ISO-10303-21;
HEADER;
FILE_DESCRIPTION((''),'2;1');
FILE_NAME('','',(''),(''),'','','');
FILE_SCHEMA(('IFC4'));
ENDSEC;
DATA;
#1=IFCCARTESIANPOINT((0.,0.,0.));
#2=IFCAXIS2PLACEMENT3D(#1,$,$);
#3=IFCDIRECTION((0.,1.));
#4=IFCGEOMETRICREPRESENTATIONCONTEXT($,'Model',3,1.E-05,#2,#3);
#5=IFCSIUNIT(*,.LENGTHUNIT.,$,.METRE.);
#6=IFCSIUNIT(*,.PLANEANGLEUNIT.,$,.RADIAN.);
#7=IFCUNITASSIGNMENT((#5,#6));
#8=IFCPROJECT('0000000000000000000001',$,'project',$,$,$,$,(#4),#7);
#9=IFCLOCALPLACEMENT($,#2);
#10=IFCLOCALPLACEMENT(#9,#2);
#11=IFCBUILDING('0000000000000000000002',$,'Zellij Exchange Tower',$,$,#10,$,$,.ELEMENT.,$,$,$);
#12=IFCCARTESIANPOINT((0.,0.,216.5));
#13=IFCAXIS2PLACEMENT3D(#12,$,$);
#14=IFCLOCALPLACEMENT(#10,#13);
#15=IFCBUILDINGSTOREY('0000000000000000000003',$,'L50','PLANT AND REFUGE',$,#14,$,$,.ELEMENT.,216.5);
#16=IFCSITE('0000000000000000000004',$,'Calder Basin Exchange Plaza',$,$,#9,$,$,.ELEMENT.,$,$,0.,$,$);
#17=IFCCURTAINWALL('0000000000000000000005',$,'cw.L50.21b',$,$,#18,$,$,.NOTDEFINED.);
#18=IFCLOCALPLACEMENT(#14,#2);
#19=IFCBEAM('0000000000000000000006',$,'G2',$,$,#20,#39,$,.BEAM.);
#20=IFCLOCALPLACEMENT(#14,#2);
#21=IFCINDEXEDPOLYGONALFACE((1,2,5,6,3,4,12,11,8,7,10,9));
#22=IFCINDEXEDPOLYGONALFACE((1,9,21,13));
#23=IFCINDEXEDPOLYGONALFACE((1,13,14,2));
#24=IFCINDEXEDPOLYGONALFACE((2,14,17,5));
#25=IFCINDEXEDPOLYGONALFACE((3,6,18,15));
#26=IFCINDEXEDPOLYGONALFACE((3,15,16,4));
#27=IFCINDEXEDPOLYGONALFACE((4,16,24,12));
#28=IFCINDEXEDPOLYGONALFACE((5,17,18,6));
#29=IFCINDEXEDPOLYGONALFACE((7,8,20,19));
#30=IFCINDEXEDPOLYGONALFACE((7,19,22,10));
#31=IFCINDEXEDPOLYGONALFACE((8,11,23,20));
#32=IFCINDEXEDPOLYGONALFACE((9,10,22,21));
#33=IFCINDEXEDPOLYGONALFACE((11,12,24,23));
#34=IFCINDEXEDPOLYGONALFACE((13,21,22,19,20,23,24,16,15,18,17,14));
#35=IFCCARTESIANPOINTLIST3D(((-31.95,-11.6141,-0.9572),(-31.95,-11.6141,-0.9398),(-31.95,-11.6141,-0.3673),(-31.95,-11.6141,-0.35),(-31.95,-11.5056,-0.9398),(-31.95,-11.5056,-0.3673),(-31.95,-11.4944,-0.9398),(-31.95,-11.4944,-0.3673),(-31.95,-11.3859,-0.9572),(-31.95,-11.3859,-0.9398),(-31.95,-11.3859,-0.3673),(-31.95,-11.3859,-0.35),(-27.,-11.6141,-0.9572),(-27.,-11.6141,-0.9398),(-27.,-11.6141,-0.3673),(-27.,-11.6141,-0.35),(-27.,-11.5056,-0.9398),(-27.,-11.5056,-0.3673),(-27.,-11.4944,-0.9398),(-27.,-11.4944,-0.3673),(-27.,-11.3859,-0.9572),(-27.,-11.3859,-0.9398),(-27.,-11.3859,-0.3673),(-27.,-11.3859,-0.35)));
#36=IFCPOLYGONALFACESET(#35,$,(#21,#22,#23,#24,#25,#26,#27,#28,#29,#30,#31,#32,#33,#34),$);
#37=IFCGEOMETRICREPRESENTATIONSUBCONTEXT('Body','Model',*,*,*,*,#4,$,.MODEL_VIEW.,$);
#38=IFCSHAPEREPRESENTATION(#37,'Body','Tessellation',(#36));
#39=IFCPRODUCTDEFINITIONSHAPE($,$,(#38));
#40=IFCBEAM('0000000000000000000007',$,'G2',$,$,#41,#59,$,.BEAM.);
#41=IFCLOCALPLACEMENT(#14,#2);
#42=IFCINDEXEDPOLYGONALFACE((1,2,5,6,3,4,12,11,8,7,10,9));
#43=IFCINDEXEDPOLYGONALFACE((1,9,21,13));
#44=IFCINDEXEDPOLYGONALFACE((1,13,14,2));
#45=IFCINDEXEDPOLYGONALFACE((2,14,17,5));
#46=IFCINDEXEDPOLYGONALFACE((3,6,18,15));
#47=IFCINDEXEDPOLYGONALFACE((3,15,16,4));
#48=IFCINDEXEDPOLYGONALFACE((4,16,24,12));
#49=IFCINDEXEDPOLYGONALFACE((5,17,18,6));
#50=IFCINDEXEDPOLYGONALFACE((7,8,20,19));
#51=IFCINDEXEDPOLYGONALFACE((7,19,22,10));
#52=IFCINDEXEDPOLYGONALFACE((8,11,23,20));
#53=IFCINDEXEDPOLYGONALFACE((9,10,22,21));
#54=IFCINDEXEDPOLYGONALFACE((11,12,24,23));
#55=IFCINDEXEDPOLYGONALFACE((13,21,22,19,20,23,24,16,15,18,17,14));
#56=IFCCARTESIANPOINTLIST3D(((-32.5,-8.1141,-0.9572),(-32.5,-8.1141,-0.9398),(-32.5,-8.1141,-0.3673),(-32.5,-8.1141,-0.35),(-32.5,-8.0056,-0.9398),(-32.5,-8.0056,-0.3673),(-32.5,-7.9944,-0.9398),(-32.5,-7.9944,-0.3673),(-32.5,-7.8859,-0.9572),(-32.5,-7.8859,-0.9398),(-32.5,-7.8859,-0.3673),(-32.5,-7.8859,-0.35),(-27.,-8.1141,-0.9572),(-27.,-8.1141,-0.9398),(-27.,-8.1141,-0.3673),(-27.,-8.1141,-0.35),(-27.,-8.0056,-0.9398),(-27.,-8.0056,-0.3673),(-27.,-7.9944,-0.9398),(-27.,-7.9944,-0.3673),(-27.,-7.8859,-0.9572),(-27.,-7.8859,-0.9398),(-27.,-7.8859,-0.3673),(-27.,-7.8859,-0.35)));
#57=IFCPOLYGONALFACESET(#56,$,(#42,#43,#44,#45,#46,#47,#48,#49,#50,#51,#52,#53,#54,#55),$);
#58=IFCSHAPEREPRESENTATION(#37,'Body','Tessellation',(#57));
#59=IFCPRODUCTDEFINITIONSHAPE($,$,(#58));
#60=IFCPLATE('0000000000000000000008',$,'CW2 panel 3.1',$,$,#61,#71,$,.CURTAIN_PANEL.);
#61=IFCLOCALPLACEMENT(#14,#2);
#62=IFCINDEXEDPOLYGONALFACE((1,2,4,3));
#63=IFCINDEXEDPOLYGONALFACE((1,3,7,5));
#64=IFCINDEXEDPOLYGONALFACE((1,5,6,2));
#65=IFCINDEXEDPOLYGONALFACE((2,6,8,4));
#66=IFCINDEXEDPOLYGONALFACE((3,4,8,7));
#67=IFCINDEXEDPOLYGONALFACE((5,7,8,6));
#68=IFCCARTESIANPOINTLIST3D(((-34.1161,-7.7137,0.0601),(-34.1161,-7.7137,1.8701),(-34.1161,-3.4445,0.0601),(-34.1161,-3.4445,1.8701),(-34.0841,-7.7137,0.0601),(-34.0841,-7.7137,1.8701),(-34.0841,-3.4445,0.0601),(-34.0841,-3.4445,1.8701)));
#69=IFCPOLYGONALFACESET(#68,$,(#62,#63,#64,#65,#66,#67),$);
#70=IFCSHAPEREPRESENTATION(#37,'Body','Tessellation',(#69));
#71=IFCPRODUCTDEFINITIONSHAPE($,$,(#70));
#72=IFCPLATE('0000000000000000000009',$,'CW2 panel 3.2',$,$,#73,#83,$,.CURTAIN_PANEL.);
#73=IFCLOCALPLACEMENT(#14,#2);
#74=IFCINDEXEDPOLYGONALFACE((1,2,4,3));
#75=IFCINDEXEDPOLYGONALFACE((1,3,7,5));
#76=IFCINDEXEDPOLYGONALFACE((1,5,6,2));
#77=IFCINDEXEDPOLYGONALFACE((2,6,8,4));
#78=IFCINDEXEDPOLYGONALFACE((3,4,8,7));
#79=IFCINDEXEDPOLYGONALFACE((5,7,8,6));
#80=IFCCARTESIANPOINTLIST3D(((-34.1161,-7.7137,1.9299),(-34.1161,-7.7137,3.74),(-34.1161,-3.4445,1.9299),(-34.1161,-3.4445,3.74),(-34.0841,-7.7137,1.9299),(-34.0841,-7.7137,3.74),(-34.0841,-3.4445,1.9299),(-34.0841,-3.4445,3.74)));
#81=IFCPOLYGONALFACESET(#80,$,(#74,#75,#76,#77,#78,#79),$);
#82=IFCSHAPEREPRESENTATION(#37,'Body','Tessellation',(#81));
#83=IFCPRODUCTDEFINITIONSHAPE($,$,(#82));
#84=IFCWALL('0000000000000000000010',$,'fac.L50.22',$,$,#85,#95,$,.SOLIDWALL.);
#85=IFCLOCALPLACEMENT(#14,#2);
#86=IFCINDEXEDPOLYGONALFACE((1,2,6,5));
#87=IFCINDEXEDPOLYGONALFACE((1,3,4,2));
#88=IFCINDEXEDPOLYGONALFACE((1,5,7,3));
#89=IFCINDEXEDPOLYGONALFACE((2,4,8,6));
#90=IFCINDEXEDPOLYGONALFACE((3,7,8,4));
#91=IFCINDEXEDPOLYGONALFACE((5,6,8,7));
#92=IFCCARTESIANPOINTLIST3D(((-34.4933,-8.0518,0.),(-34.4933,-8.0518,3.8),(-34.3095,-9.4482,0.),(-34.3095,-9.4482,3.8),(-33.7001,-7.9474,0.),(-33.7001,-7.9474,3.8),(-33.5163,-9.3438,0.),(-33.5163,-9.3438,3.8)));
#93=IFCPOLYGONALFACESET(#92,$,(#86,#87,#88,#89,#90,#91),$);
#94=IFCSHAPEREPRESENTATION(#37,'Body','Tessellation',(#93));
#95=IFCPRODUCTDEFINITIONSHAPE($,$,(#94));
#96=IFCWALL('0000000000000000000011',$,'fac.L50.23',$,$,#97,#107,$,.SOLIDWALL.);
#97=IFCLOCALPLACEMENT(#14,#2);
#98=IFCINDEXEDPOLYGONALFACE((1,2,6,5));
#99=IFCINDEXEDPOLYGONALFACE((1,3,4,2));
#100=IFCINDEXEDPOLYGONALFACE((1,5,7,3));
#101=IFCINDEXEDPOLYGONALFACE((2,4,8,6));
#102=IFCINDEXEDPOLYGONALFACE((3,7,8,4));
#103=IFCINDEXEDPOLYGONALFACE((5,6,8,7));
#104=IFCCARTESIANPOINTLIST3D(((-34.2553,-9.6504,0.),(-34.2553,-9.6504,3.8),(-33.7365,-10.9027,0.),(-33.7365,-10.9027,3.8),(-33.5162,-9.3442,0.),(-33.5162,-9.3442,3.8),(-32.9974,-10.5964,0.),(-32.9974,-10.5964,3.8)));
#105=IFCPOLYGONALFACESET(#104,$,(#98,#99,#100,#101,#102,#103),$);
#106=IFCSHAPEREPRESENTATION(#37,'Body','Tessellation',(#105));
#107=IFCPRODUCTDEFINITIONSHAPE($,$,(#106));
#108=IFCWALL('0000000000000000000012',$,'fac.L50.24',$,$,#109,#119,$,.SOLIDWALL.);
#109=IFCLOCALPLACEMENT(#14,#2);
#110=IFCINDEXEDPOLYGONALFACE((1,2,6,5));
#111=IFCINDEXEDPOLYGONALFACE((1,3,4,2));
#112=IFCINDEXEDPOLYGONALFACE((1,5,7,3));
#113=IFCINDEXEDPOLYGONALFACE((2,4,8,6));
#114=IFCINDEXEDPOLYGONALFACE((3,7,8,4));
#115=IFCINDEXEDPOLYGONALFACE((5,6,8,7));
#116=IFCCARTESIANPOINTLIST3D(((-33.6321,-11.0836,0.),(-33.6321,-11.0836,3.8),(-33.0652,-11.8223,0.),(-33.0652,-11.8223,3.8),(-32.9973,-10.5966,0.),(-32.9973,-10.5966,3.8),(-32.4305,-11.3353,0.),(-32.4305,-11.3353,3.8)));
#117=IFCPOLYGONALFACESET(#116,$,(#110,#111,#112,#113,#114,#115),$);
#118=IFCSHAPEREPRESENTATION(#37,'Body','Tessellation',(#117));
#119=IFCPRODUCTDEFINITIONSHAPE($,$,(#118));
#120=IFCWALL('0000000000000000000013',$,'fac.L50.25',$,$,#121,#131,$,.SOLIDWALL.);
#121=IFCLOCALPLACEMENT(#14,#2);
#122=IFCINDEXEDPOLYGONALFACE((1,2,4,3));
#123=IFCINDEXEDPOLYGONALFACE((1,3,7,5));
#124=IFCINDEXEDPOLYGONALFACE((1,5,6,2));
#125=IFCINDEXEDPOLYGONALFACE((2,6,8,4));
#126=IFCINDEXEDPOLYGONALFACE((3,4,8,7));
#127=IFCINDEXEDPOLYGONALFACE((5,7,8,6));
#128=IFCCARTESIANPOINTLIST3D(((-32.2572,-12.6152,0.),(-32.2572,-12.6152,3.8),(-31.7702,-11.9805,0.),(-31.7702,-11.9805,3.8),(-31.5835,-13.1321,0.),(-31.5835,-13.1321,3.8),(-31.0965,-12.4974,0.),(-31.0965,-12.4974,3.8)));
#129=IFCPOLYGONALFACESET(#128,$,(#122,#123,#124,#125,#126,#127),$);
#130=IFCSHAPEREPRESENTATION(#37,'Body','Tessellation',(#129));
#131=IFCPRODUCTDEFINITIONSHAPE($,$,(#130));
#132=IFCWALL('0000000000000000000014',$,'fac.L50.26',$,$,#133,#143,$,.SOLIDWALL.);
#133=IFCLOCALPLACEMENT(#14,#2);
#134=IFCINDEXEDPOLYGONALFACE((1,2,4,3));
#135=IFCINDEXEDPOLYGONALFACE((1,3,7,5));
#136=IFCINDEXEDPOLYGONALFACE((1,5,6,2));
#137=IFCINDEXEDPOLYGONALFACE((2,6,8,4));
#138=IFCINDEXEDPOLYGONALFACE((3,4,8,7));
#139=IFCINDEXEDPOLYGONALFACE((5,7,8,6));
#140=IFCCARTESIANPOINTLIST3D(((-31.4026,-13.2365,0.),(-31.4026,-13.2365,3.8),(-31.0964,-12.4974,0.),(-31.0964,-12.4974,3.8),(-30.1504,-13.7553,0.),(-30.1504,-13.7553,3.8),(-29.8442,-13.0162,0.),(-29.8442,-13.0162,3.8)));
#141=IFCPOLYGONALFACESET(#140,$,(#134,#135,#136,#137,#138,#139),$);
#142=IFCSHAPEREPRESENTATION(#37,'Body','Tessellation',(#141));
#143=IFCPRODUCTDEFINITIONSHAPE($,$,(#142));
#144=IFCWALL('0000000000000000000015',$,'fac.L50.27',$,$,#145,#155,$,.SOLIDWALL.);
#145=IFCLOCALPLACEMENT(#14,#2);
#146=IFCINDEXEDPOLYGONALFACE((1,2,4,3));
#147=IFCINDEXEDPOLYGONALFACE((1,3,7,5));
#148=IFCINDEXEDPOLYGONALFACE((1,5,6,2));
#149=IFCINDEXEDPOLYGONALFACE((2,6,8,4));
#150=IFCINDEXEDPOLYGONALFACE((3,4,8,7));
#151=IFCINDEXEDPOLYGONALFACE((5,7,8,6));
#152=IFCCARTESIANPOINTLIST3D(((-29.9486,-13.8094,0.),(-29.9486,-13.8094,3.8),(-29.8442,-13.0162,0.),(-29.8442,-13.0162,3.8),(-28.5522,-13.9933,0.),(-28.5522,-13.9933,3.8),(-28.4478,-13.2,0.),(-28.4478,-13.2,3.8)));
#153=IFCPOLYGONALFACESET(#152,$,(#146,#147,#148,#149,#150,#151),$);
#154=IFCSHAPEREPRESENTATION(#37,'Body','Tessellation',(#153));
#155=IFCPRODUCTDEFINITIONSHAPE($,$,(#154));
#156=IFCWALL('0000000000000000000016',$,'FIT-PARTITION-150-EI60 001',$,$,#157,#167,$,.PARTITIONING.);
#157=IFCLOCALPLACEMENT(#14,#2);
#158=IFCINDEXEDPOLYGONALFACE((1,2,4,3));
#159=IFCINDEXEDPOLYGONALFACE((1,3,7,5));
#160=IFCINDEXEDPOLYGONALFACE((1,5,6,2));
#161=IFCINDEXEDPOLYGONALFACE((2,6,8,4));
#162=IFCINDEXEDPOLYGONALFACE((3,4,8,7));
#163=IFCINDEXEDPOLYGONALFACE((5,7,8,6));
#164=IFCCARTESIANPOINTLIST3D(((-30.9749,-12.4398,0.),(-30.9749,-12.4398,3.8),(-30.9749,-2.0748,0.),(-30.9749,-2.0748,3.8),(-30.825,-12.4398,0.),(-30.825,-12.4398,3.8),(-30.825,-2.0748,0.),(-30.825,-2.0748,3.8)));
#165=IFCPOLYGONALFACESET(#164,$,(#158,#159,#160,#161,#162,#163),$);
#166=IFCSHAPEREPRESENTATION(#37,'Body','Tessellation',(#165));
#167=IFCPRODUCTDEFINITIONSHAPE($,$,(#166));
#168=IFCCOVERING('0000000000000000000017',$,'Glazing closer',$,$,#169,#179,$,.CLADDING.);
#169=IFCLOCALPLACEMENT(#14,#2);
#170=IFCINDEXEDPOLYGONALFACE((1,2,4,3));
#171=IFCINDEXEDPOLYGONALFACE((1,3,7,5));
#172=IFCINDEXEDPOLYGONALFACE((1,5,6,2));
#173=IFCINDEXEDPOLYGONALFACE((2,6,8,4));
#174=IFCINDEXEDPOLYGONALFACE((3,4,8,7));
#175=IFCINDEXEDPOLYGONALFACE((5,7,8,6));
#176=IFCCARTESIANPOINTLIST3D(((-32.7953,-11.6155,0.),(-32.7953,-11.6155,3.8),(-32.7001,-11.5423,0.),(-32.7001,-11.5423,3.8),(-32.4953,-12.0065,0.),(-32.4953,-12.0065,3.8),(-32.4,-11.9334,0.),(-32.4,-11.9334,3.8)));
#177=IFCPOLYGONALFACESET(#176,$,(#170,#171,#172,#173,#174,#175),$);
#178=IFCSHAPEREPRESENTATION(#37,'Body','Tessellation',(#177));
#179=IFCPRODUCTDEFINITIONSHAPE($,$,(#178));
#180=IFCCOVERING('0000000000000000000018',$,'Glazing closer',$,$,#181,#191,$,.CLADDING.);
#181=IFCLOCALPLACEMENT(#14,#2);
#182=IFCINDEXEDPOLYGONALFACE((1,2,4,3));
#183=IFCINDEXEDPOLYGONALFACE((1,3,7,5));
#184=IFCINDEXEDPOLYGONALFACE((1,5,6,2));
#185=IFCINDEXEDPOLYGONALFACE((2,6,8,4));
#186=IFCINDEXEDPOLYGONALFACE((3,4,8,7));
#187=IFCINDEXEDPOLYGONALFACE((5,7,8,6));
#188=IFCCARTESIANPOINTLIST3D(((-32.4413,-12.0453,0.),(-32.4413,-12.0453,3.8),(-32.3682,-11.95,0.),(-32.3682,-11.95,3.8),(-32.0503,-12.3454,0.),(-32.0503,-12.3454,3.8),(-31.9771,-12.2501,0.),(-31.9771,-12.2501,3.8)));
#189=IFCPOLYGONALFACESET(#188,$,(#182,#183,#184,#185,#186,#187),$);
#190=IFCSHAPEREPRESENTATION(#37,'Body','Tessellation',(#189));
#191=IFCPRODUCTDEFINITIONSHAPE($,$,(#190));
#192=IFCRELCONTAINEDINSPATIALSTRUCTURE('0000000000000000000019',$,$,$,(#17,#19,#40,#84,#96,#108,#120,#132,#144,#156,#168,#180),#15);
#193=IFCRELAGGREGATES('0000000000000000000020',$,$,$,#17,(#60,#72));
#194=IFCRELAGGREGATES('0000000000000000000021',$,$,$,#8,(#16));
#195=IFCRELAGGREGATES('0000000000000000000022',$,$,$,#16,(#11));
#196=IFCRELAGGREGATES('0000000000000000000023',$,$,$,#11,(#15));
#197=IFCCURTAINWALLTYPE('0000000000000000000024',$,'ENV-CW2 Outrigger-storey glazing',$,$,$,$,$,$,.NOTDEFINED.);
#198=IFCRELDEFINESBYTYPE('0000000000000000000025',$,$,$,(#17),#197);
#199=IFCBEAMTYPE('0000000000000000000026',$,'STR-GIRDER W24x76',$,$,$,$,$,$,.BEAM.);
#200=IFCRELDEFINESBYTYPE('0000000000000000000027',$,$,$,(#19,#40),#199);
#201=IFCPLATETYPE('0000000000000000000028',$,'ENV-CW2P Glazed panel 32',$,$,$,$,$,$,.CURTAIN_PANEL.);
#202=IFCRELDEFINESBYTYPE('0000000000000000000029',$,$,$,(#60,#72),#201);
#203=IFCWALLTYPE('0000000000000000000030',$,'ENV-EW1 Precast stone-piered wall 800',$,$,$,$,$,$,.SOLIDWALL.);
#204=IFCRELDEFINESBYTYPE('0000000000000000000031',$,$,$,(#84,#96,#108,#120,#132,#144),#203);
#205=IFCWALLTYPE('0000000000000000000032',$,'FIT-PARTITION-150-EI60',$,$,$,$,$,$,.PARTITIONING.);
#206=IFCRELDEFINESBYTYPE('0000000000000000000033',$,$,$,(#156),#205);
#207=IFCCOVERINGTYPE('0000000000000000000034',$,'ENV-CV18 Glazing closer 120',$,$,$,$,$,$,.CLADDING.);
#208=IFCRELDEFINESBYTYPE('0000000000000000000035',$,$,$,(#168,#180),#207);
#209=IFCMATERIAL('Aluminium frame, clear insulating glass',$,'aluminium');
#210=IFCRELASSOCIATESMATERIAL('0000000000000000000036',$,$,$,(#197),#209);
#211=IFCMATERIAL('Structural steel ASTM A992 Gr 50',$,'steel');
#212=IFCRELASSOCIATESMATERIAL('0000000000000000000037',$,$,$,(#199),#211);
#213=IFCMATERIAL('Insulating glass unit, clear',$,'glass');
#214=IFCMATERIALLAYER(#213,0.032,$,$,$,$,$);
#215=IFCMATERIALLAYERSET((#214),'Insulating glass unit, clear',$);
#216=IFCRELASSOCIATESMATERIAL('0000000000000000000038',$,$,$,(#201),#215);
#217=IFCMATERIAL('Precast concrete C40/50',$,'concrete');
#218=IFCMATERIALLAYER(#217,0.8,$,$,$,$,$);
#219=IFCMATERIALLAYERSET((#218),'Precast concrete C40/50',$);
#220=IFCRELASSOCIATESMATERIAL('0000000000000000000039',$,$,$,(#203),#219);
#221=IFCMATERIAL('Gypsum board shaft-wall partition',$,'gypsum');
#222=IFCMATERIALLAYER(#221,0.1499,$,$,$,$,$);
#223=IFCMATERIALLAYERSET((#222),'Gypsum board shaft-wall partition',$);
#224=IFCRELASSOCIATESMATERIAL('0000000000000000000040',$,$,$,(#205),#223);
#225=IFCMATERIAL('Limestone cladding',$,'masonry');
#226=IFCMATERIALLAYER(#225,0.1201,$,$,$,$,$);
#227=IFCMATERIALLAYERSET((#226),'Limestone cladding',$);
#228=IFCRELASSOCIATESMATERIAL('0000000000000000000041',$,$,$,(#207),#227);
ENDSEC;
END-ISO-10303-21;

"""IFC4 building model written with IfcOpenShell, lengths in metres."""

from ifc_helpers import new_model, si_unit, direction, frame, frame_2d, origin, origin_2d, place, context, subcontext, project, spatial, rectangle, i_section, extrude, material, layer, layer_set, material_profile, profile_set, type_object, element, aggregate, save


model = new_model("IFC4")

# Units and contexts
model_context = context("Model", 3, precision=1e-05, world=origin(), true_north=direction((0.0, 1.0)))
body_context = subcontext(model_context, "Body", "Model", "MODEL_VIEW")
ifc_project = project(units=[si_unit("LENGTHUNIT", "METRE"), si_unit("PLANEANGLEUNIT", "RADIAN")], contexts=[model_context])

# Site, building, storey
site_placement = place(None, origin())
site = spatial("IfcSite", under=ifc_project, at=site_placement, Name="Calder Basin Exchange Plaza", CompositionType="ELEMENT", RefElevation=0.0)
building_placement = place(site_placement, origin())
building = spatial("IfcBuilding", under=site, at=building_placement, Name="Zellij Exchange Tower", CompositionType="ELEMENT")
storey_placement = place(building_placement, frame((0.0, 0.0, 216.5)))
storey = spatial("IfcBuildingStorey", under=building, at=storey_placement, Name="L50", Description="PLANT AND REFUGE", CompositionType="ELEMENT", Elevation=216.5)

# Curtain wall
ifc_material_1 = material(Name="Aluminium frame, clear insulating glass", Category="aluminium")
curtain_wall_type = type_object("IfcCurtainWallType", Name="ENV-CW2 Outrigger-storey glazing", PredefinedType="NOTDEFINED", material=ifc_material_1)
curtain_wall_placement = place(storey_placement, origin())
curtain_wall = element("IfcCurtainWall", 1, at=curtain_wall_placement, inside=storey, type_object=curtain_wall_type, Name="cw.L50.21b", PredefinedType="NOTDEFINED")

# Beams
ifc_material_2 = material(Name="Structural steel ASTM A992 Gr 50", Category="steel")
ifc_material_profile_1 = material_profile(ifc_material_2, i_section(OverallWidth=0.2283, OverallDepth=0.6072, WebThickness=0.0112, FlangeThickness=0.0173, at=origin_2d()), Name="W24x76")
ifc_profile_set_1 = profile_set([ifc_material_profile_1], Name="Structural steel ASTM A992 Gr 50")
beam_type_1 = type_object("IfcBeamType", Name="STR-GIRDER W24x76", PredefinedType="BEAM", material=ifc_profile_set_1)
beam_1_placement = place(storey_placement, frame((-31.95, -11.5, -0.6536), z_axis=(1.0, 0.0, 0.0), x_axis=(0.0, 1.0, 0.0)))
element("IfcBeam", 2, at=beam_1_placement, inside=storey, type_object=beam_type_1, Name="G2", PredefinedType="BEAM", context=body_context, shape_type="SweptSolid", body=[
    extrude(i_section(OverallWidth=0.2283, OverallDepth=0.6072, WebThickness=0.0112, FlangeThickness=0.0173, at=origin_2d()), origin(), (0.0, 0.0, 1.0), 4.95),
])
beam_2_placement = place(storey_placement, frame((-32.5, -8.0, -0.6536), z_axis=(1.0, 0.0, 0.0), x_axis=(0.0, 1.0, 0.0)))
element("IfcBeam", 3, at=beam_2_placement, inside=storey, type_object=beam_type_1, Name="G2", PredefinedType="BEAM", context=body_context, shape_type="SweptSolid", body=[
    extrude(i_section(OverallWidth=0.2283, OverallDepth=0.6072, WebThickness=0.0112, FlangeThickness=0.0173, at=origin_2d()), origin(), (0.0, 0.0, 1.0), 5.5),
])

# Plates
ifc_material_3 = material(Name="Insulating glass unit, clear", Category="glass")
ifc_layer_1 = layer(ifc_material_3, 0.032)
ifc_layer_set_1 = layer_set([ifc_layer_1], Name="Insulating glass unit, clear")
plate_type = type_object("IfcPlateType", Name="ENV-CW2P Glazed panel 32", PredefinedType="CURTAIN_PANEL", material=ifc_layer_set_1)
plate_1_placement = place(storey_placement, frame((-34.1001, -5.5791, 0.0601), z_axis=(0.0, 0.0, 1.0), x_axis=(0.0, -1.0, 0.0)))
plate_1 = element("IfcPlate", 4, at=plate_1_placement, type_object=plate_type, Name="CW2 panel 3.1", PredefinedType="CURTAIN_PANEL", context=body_context, shape_type="SweptSolid", body=[
    extrude(rectangle(XDim=4.2693, YDim=0.032, at=origin_2d()), origin(), (0.0, 0.0, 1.0), 1.8101),
])
plate_2_placement = place(storey_placement, frame((-34.1001, -5.5791, 1.9299), z_axis=(0.0, 0.0, 1.0), x_axis=(0.0, -1.0, 0.0)))
plate_2 = element("IfcPlate", 5, at=plate_2_placement, type_object=plate_type, Name="CW2 panel 3.2", PredefinedType="CURTAIN_PANEL", context=body_context, shape_type="SweptSolid", body=[
    extrude(rectangle(XDim=4.2693, YDim=0.032, at=origin_2d()), origin(), (0.0, 0.0, 1.0), 1.8101),
])
aggregate(curtain_wall, [plate_1, plate_2])

# Walls
ifc_material_4 = material(Name="Precast concrete C40/50", Category="concrete")
ifc_layer_2 = layer(ifc_material_4, 0.8)
ifc_layer_set_2 = layer_set([ifc_layer_2], Name="Precast concrete C40/50")
wall_type_1 = type_object("IfcWallType", Name="ENV-EW1 Precast stone-piered wall 800", PredefinedType="SOLIDWALL", material=ifc_layer_set_2)
wall_1_placement = place(storey_placement, frame((-34.0967, -7.9998, 0.0), z_axis=(0.0, 0.0, 1.0), x_axis=(0.130517, -0.991446, 0.0)))
element("IfcWall", 6, at=wall_1_placement, inside=storey, type_object=wall_type_1, Name="fac.L50.22", PredefinedType="SOLIDWALL", context=body_context, shape_type="SweptSolid", body=[
    extrude(rectangle(XDim=1.4084, YDim=0.8, at=frame_2d((0.7041, 0.0))), origin(), (0.0, 0.0, 1.0), 3.8),
])
wall_2_placement = place(storey_placement, frame((-33.8857, -9.4973, 0.0), z_axis=(0.0, 0.0, 1.0), x_axis=(0.38276, -0.923848, 0.0)))
element("IfcWall", 7, at=wall_2_placement, inside=storey, type_object=wall_type_1, Name="fac.L50.23", PredefinedType="SOLIDWALL", context=body_context, shape_type="SweptSolid", body=[
    extrude(rectangle(XDim=1.3555, YDim=0.8, at=frame_2d((0.6777, 0.0))), origin(), (0.0, 0.0, 1.0), 3.8),
])
wall_3_placement = place(storey_placement, frame((-33.3147, -10.8401, 0.0), z_axis=(0.0, 0.0, 1.0), x_axis=(0.608773, -0.793345, 0.0)))
element("IfcWall", 8, at=wall_3_placement, inside=storey, type_object=wall_type_1, Name="fac.L50.24", PredefinedType="SOLIDWALL", context=body_context, shape_type="SweptSolid", body=[
    extrude(rectangle(XDim=0.9312, YDim=0.8, at=frame_2d((0.4656, 0.0))), origin(), (0.0, 0.0, 1.0), 3.8),
])
wall_4_placement = place(storey_placement, frame((-32.0137, -12.2979, 0.0), z_axis=(0.0, 0.0, 1.0), x_axis=(0.793361, -0.608751, 0.0)))
element("IfcWall", 9, at=wall_4_placement, inside=storey, type_object=wall_type_1, Name="fac.L50.25", PredefinedType="SOLIDWALL", context=body_context, shape_type="SweptSolid", body=[
    extrude(rectangle(XDim=0.8491, YDim=0.8, at=frame_2d((0.4246, 0.0))), origin(), (0.0, 0.0, 1.0), 3.8),
])
wall_5_placement = place(storey_placement, frame((-31.2495, -12.8669, 0.0), z_axis=(0.0, 0.0, 1.0), x_axis=(0.923848, -0.38276, 0.0)))
element("IfcWall", 10, at=wall_5_placement, inside=storey, type_object=wall_type_1, Name="fac.L50.26", PredefinedType="SOLIDWALL", context=body_context, shape_type="SweptSolid", body=[
    extrude(rectangle(XDim=1.3555, YDim=0.8, at=frame_2d((0.6777, 0.0))), origin(), (0.0, 0.0, 1.0), 3.8),
])
wall_6_placement = place(storey_placement, frame((-29.8962, -13.4128, 0.0), z_axis=(0.0, 0.0, 1.0), x_axis=(0.991446, -0.130517, 0.0)))
element("IfcWall", 11, at=wall_6_placement, inside=storey, type_object=wall_type_1, Name="fac.L50.27", PredefinedType="SOLIDWALL", context=body_context, shape_type="SweptSolid", body=[
    extrude(rectangle(XDim=1.4084, YDim=0.8, at=frame_2d((0.7041, 0.0))), origin(), (0.0, 0.0, 1.0), 3.8),
])
ifc_material_5 = material(Name="Gypsum board shaft-wall partition", Category="gypsum")
ifc_layer_3 = layer(ifc_material_5, 0.1499)
ifc_layer_set_3 = layer_set([ifc_layer_3], Name="Gypsum board shaft-wall partition")
wall_type_2 = type_object("IfcWallType", Name="FIT-PARTITION-150-EI60", PredefinedType="PARTITIONING", material=ifc_layer_set_3)
wall_7_placement = place(storey_placement, frame((-30.8999, -12.4399, 0.0), z_axis=(0.0, 0.0, 1.0), x_axis=(0.0, 1.0, 0.0)))
element("IfcWall", 12, at=wall_7_placement, inside=storey, type_object=wall_type_2, Name="FIT-PARTITION-150-EI60 001", PredefinedType="PARTITIONING", context=body_context, shape_type="SweptSolid", body=[
    extrude(rectangle(XDim=10.365, YDim=0.1499, at=frame_2d((5.1826, 0.0))), origin(), (0.0, 0.0, 1.0), 3.8),
])

# Coverings
ifc_material_6 = material(Name="Limestone cladding", Category="masonry")
ifc_layer_4 = layer(ifc_material_6, 0.1201)
ifc_layer_set_4 = layer_set([ifc_layer_4], Name="Limestone cladding")
covering_type = type_object("IfcCoveringType", Name="ENV-CV18 Glazing closer 120", PredefinedType="CLADDING", material=ifc_layer_set_4)
for number, where, z_axis, x_axis, name in (
    (13, (-32.5977, -11.7744, 0.0), (0.0, 0.0, 1.0), (0.60881, -0.793316, 0.0), "Glazing closer"),
    (14, (-32.2092, -12.1477, 0.0), (0.0, 0.0, 1.0), (-0.793316, 0.60881, 0.0), "Glazing closer"),
):
    element("IfcCovering", number, at=place(storey_placement, frame(where, z_axis=z_axis, x_axis=x_axis)), inside=storey, type_object=covering_type, Name=name, PredefinedType="CLADDING", context=body_context, shape_type="SweptSolid", body=[
        extrude(rectangle(XDim=0.4929, YDim=0.1201, at=origin_2d()), origin(), (0.0, 0.0, 1.0), 3.8),
    ])

save(model, "model.ifc")
